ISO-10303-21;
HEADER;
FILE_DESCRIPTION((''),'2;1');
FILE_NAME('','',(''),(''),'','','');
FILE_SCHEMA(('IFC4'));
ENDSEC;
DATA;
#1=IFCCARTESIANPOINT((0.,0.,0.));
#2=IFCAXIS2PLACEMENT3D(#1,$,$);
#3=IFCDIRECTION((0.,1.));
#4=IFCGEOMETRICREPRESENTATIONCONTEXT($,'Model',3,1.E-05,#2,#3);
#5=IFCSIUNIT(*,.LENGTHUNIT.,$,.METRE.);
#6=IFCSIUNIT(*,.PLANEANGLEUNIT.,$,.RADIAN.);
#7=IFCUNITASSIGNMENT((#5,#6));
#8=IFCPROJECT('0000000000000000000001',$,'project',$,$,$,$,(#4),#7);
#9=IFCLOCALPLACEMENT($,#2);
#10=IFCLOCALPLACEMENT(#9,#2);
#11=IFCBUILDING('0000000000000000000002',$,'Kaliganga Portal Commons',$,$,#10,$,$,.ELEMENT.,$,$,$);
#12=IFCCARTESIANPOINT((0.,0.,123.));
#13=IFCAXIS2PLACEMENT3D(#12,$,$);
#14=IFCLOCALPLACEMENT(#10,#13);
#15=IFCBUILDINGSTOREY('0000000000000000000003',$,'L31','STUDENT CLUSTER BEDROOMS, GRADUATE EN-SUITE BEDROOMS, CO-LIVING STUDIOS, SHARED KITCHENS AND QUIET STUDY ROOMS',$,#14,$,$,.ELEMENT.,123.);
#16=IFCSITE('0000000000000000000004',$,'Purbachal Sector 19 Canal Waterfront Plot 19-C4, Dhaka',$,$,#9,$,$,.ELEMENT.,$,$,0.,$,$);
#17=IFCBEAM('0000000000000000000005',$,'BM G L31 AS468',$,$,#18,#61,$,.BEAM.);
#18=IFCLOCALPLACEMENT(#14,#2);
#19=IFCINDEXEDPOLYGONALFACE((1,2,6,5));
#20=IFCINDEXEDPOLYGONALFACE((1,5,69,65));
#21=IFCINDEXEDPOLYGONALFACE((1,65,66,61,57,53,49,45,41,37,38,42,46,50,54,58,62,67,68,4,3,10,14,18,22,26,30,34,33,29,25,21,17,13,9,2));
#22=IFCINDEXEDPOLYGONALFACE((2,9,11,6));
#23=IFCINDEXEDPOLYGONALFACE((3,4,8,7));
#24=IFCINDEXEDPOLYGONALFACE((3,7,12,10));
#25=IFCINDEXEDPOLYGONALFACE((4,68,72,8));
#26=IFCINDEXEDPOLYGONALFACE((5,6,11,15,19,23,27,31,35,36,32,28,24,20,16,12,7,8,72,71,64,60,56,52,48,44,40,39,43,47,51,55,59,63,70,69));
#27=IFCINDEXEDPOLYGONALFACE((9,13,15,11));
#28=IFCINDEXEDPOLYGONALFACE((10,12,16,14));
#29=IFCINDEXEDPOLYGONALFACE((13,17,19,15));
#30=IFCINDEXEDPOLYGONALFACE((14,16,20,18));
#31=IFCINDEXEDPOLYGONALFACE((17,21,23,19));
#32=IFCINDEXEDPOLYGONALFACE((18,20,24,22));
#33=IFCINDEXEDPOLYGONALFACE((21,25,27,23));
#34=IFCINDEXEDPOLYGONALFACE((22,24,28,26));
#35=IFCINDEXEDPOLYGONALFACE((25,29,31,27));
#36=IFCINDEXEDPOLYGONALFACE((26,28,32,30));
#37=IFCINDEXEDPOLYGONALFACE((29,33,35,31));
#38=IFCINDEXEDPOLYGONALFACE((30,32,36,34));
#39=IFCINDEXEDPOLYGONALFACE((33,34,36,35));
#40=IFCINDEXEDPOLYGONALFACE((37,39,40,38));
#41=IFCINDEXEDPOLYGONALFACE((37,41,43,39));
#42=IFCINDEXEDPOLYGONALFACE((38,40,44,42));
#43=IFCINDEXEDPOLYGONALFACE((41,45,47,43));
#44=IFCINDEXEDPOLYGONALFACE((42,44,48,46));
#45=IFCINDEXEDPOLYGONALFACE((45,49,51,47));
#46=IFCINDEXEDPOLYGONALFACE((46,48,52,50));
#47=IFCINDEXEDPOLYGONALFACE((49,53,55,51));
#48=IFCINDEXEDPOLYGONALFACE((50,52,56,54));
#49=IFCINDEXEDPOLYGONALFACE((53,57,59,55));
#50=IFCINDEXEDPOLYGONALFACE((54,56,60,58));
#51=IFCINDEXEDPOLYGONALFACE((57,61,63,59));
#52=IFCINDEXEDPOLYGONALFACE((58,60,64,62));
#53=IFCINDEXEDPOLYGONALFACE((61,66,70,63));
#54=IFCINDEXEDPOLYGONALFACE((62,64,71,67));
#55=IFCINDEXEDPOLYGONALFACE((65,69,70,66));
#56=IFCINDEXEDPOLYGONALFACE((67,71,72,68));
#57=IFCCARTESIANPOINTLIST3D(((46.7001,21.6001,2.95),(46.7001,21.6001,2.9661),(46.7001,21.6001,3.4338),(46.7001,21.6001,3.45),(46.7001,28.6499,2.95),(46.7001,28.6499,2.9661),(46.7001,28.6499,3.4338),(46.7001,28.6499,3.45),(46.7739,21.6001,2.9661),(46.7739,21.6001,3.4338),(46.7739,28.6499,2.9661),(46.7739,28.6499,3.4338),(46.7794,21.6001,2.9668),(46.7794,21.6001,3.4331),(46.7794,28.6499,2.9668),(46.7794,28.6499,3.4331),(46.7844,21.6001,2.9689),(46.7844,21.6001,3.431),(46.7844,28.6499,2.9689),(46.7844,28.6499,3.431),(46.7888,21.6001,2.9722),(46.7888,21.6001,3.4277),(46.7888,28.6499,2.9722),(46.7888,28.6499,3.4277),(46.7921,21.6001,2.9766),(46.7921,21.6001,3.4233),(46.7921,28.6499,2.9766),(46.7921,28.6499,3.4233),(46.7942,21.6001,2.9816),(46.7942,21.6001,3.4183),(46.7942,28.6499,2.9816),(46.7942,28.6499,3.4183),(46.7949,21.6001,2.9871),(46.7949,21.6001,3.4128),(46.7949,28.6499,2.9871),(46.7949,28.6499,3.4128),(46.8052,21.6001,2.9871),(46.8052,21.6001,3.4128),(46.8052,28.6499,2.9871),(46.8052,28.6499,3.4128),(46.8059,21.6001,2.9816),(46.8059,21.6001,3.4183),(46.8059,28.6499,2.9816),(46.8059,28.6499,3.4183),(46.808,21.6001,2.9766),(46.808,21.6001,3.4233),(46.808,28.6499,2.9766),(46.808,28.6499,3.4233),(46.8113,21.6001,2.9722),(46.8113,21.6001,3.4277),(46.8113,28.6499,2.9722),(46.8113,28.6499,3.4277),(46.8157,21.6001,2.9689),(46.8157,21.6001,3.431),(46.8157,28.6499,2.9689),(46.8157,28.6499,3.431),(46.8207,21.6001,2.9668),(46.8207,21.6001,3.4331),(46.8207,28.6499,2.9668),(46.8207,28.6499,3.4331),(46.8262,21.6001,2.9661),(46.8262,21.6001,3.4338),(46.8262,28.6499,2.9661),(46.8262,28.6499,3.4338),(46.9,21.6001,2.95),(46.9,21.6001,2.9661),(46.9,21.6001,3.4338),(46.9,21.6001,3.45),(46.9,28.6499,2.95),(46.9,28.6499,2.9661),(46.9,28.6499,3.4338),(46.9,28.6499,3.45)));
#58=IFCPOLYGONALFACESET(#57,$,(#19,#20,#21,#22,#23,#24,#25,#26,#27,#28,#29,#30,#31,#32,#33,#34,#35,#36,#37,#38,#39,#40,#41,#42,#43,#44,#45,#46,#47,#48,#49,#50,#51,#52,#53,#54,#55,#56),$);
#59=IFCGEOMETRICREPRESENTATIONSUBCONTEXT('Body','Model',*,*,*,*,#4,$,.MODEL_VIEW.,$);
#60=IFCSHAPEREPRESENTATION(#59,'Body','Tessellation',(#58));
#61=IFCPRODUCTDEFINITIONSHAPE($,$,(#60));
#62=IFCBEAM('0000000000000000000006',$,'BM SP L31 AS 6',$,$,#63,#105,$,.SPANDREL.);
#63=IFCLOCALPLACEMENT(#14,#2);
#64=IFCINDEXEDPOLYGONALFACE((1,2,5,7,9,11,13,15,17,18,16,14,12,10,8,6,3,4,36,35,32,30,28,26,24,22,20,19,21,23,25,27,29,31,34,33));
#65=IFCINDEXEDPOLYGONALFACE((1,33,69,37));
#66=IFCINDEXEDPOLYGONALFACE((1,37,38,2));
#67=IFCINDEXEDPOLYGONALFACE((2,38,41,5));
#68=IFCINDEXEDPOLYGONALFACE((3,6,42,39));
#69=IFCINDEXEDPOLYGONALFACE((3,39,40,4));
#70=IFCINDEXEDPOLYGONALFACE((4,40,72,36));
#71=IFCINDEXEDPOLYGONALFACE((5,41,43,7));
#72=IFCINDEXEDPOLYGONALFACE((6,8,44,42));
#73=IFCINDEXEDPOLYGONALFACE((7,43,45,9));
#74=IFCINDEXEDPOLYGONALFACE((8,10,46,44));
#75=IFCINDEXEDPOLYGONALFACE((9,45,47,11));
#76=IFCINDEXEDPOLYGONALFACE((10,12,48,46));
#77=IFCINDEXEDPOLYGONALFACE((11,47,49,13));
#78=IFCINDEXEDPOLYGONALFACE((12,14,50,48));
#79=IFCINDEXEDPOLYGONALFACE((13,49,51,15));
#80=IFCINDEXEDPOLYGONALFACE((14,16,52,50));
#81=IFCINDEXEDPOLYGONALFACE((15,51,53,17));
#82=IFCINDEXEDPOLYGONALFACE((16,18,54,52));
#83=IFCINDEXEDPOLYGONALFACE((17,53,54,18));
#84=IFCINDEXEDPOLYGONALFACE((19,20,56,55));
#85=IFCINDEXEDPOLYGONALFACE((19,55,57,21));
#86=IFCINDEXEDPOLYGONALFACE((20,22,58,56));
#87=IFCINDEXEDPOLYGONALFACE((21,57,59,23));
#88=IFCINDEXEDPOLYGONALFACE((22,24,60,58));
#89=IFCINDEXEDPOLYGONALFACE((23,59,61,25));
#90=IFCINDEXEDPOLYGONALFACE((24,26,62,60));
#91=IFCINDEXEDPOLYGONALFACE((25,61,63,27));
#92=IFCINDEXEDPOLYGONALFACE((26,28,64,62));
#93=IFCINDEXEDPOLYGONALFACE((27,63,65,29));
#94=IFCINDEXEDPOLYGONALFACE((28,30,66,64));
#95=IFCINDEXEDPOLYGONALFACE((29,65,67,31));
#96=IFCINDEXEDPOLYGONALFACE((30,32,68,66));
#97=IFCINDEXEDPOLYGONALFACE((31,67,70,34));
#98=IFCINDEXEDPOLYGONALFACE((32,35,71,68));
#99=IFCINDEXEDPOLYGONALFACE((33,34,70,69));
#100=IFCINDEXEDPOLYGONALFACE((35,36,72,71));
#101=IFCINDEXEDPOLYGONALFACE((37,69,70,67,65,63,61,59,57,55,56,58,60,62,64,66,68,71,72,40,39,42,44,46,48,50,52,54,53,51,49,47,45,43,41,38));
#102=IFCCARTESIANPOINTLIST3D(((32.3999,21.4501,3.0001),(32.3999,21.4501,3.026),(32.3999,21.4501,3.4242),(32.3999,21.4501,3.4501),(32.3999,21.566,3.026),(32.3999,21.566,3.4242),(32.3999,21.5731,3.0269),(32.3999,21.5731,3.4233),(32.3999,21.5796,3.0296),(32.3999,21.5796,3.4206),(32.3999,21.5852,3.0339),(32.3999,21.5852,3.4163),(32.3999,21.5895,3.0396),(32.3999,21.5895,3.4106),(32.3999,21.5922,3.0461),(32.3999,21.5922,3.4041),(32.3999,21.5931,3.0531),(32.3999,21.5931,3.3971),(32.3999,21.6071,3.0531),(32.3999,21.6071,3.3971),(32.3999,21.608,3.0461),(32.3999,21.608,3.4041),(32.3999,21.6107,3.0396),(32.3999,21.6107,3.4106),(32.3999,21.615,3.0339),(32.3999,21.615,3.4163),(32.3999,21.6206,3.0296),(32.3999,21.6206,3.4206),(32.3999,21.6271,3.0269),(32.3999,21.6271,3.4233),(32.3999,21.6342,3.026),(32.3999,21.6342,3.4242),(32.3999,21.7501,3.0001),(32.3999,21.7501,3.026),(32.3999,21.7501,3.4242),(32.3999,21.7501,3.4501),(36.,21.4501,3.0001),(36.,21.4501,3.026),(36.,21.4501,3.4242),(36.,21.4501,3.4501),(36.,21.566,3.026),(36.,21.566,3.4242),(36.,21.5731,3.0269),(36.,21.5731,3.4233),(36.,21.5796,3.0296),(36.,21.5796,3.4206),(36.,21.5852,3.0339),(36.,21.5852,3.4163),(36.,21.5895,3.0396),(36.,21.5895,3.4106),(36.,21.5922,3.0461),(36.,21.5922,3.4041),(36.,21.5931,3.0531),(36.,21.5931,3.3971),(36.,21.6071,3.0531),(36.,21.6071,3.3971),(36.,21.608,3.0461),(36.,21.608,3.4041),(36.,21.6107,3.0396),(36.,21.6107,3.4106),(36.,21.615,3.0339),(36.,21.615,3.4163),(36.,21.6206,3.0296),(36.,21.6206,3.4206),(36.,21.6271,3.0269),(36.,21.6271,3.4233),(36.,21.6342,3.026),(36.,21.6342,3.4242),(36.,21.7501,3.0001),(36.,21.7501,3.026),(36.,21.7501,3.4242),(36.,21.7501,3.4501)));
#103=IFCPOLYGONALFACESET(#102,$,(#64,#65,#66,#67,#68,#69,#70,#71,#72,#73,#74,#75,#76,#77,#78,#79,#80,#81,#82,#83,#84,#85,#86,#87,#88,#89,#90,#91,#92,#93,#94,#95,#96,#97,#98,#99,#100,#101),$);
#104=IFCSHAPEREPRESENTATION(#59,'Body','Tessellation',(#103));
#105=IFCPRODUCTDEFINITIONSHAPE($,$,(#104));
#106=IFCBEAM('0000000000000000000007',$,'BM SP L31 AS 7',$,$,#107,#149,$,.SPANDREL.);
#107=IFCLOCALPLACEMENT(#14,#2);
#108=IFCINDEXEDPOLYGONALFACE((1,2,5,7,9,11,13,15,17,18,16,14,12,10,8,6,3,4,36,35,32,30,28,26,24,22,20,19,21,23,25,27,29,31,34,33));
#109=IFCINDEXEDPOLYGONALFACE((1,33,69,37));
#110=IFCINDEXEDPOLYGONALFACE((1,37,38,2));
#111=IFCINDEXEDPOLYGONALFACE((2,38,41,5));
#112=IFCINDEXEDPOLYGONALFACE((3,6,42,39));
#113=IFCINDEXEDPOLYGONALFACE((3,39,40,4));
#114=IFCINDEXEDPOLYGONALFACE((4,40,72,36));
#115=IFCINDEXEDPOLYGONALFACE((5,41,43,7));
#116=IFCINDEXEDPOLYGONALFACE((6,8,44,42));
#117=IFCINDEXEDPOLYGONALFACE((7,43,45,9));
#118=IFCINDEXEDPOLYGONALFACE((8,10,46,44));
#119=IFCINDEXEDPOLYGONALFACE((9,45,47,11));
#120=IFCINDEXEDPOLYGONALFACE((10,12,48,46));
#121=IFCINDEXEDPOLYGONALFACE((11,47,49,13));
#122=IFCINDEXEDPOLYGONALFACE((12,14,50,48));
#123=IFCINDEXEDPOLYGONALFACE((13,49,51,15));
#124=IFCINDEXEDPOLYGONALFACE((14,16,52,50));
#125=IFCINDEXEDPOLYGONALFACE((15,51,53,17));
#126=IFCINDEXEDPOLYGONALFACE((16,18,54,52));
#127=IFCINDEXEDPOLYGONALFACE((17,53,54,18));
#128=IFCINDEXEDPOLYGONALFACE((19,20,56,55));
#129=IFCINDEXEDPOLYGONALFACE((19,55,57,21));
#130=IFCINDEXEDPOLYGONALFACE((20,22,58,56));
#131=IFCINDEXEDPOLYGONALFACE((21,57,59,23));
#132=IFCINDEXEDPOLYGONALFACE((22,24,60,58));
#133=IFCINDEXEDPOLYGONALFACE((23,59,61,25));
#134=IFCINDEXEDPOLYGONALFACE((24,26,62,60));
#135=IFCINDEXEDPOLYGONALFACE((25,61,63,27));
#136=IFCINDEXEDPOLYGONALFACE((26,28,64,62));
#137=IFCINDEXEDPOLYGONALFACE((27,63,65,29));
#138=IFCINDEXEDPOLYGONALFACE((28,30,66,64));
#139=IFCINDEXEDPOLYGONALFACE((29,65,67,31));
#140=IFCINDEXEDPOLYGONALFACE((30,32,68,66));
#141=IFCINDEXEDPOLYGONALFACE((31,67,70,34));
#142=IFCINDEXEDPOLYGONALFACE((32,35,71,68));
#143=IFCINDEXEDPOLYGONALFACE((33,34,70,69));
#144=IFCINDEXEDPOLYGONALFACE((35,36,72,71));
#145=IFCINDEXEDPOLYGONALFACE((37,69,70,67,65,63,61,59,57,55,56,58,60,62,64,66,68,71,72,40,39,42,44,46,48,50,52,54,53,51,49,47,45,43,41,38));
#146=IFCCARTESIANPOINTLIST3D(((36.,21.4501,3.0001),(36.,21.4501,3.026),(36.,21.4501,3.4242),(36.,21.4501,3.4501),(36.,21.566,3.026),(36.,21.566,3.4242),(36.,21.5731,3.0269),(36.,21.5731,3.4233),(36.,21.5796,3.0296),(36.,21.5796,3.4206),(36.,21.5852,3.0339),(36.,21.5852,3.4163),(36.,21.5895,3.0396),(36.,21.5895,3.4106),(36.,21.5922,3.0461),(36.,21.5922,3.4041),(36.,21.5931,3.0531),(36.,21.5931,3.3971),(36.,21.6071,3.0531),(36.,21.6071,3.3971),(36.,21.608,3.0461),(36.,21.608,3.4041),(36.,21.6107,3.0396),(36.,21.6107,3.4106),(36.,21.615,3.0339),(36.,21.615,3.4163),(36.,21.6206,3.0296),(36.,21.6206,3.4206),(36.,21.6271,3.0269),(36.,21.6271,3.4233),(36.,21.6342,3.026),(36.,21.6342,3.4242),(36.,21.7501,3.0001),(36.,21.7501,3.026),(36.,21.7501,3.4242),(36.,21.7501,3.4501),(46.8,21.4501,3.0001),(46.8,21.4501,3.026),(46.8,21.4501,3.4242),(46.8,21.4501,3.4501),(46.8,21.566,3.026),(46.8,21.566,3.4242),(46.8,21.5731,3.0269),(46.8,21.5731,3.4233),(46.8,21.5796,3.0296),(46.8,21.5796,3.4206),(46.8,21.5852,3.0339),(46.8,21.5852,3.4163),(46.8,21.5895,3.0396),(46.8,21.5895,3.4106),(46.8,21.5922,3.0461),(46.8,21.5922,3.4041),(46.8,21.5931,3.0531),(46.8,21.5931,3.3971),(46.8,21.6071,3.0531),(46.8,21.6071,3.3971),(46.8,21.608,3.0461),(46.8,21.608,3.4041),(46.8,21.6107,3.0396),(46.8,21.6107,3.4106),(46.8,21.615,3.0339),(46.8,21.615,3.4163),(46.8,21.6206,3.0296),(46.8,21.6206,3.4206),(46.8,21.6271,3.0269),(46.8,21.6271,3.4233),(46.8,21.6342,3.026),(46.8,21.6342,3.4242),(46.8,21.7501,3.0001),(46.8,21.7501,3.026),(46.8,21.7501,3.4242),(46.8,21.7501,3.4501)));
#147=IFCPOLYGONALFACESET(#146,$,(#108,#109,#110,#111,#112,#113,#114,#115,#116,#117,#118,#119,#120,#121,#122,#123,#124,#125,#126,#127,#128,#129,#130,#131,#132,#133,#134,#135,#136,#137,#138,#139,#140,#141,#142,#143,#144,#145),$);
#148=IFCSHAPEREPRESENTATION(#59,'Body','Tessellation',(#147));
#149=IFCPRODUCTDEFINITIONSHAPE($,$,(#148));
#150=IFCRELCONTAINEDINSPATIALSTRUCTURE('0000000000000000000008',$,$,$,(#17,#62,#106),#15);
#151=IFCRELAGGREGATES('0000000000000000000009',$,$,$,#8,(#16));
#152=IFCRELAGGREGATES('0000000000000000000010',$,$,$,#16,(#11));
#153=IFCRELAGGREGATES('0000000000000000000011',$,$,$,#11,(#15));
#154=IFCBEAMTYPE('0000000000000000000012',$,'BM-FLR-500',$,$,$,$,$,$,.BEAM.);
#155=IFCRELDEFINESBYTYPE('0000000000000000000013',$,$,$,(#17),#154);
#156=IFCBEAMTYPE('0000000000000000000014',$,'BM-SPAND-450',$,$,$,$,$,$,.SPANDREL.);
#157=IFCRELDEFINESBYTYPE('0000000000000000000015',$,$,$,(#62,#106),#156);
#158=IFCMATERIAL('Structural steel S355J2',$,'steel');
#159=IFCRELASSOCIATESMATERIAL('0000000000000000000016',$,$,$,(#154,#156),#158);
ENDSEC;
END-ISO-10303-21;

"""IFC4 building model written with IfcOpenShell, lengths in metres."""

from ifc_helpers import new_model, si_unit, direction, frame, origin, origin_2d, place, context, subcontext, project, spatial, i_section, extrude, source, transform, mapped, material, material_profile, profile_set, type_object, element, save


model = new_model("IFC4")

# Units and contexts
model_context = context("Model", 3, precision=1e-05, world=origin(), true_north=direction((0.0, 1.0)))
body_context = subcontext(model_context, "Body", "Model", "MODEL_VIEW")
ifc_project = project(units=[si_unit("LENGTHUNIT", "METRE"), si_unit("PLANEANGLEUNIT", "RADIAN")], contexts=[model_context])

# Site, building, storey
site_placement = place(None, origin())
site = spatial("IfcSite", under=ifc_project, at=site_placement, Name="Purbachal Sector 19 Canal Waterfront Plot 19-C4, Dhaka", CompositionType="ELEMENT", RefElevation=0.0)
building_placement = place(site_placement, origin())
building = spatial("IfcBuilding", under=site, at=building_placement, Name="Kaliganga Portal Commons", CompositionType="ELEMENT")
storey_placement = place(building_placement, frame((0.0, 0.0, 123.0)))
storey = spatial("IfcBuildingStorey", under=building, at=storey_placement, Name="L31", Description="STUDENT CLUSTER BEDROOMS, GRADUATE EN-SUITE BEDROOMS, CO-LIVING STUDIOS, SHARED KITCHENS AND QUIET STUDY ROOMS", CompositionType="ELEMENT", Elevation=123.0)

# Beams
ifc_material_1 = material(Name="Structural steel S355J2", Category="steel")
ifc_material_profile_1 = material_profile(ifc_material_1, i_section(OverallWidth=0.2, OverallDepth=0.5, WebThickness=0.0103, FlangeThickness=0.0161, FilletRadius=0.021, at=origin_2d()), Name="IPE 500")
ifc_profile_set_1 = profile_set([ifc_material_profile_1], Name="Structural steel S355J2 wide-flange")
beam_type_1 = type_object("IfcBeamType", Name="BM-FLR-500", PredefinedType="BEAM", material=ifc_profile_set_1)
shared_shape_1 = source(origin(), body_context, "Body", "SweptSolid", [
    extrude(i_section(OverallWidth=0.2, OverallDepth=0.5, WebThickness=0.0103, FlangeThickness=0.0161, FilletRadius=0.021, at=origin_2d()), origin(), (0.0, 0.0, 1.0), 7.0498),
])
for number, where, z_axis, x_axis, name in (
    (1, (46.8, 21.6001, 3.2), (0.0, 1.0, 0.0), (-1.0, 0.0, 0.0), "BM G L31 AS468"),
):
    element("IfcBeam", number, at=place(storey_placement, frame(where, z_axis=z_axis, x_axis=x_axis)), inside=storey, type_object=beam_type_1, Name=name, PredefinedType="BEAM", context=body_context, shape_type="MappedRepresentation", body=[
        mapped(shared_shape_1, transform((0.0, 0.0, 0.0), x_axis=(1.0, 0.0, 0.0), y_axis=(0.0, 1.0, 0.0), z_axis=(0.0, 0.0, 1.0), scale=1.0)),
    ])
ifc_material_profile_2 = material_profile(ifc_material_1, i_section(OverallWidth=0.3, OverallDepth=0.45, WebThickness=0.0139, FlangeThickness=0.0259, FilletRadius=0.0271, at=origin_2d()), Name="HE 450 B")
ifc_profile_set_2 = profile_set([ifc_material_profile_2], Name="Structural steel S355J2 wide-flange")
beam_type_2 = type_object("IfcBeamType", Name="BM-SPAND-450", PredefinedType="SPANDREL", material=ifc_profile_set_2)
shared_shape_2 = source(origin(), body_context, "Body", "SweptSolid", [
    extrude(i_section(OverallWidth=0.3, OverallDepth=0.45, WebThickness=0.0139, FlangeThickness=0.0259, FilletRadius=0.0271, at=origin_2d()), origin(), (0.0, 0.0, 1.0), 3.6001),
])
beam_1_placement = place(storey_placement, frame((32.3999, 21.6001, 3.2251), z_axis=(1.0, 0.0, 0.0), x_axis=(0.0, 1.0, 0.0)))
element("IfcBeam", 2, at=beam_1_placement, inside=storey, type_object=beam_type_2, Name="BM SP L31 AS 6", PredefinedType="SPANDREL", context=body_context, shape_type="MappedRepresentation", body=[
    mapped(shared_shape_2, transform((0.0, 0.0, 0.0), x_axis=(1.0, 0.0, 0.0), y_axis=(0.0, 1.0, 0.0), z_axis=(0.0, 0.0, 1.0), scale=1.0)),
])
shared_shape_3 = source(origin(), body_context, "Body", "SweptSolid", [
    extrude(i_section(OverallWidth=0.3, OverallDepth=0.45, WebThickness=0.0139, FlangeThickness=0.0259, FilletRadius=0.0271, at=origin_2d()), origin(), (0.0, 0.0, 1.0), 10.8),
])
beam_2_placement = place(storey_placement, frame((36.0, 21.6001, 3.2251), z_axis=(1.0, 0.0, 0.0), x_axis=(0.0, 1.0, 0.0)))
element("IfcBeam", 3, at=beam_2_placement, inside=storey, type_object=beam_type_2, Name="BM SP L31 AS 7", PredefinedType="SPANDREL", context=body_context, shape_type="MappedRepresentation", body=[
    mapped(shared_shape_3, transform((0.0, 0.0, 0.0), x_axis=(1.0, 0.0, 0.0), y_axis=(0.0, 1.0, 0.0), z_axis=(0.0, 0.0, 1.0), scale=1.0)),
])

save(model, "model.ifc")
